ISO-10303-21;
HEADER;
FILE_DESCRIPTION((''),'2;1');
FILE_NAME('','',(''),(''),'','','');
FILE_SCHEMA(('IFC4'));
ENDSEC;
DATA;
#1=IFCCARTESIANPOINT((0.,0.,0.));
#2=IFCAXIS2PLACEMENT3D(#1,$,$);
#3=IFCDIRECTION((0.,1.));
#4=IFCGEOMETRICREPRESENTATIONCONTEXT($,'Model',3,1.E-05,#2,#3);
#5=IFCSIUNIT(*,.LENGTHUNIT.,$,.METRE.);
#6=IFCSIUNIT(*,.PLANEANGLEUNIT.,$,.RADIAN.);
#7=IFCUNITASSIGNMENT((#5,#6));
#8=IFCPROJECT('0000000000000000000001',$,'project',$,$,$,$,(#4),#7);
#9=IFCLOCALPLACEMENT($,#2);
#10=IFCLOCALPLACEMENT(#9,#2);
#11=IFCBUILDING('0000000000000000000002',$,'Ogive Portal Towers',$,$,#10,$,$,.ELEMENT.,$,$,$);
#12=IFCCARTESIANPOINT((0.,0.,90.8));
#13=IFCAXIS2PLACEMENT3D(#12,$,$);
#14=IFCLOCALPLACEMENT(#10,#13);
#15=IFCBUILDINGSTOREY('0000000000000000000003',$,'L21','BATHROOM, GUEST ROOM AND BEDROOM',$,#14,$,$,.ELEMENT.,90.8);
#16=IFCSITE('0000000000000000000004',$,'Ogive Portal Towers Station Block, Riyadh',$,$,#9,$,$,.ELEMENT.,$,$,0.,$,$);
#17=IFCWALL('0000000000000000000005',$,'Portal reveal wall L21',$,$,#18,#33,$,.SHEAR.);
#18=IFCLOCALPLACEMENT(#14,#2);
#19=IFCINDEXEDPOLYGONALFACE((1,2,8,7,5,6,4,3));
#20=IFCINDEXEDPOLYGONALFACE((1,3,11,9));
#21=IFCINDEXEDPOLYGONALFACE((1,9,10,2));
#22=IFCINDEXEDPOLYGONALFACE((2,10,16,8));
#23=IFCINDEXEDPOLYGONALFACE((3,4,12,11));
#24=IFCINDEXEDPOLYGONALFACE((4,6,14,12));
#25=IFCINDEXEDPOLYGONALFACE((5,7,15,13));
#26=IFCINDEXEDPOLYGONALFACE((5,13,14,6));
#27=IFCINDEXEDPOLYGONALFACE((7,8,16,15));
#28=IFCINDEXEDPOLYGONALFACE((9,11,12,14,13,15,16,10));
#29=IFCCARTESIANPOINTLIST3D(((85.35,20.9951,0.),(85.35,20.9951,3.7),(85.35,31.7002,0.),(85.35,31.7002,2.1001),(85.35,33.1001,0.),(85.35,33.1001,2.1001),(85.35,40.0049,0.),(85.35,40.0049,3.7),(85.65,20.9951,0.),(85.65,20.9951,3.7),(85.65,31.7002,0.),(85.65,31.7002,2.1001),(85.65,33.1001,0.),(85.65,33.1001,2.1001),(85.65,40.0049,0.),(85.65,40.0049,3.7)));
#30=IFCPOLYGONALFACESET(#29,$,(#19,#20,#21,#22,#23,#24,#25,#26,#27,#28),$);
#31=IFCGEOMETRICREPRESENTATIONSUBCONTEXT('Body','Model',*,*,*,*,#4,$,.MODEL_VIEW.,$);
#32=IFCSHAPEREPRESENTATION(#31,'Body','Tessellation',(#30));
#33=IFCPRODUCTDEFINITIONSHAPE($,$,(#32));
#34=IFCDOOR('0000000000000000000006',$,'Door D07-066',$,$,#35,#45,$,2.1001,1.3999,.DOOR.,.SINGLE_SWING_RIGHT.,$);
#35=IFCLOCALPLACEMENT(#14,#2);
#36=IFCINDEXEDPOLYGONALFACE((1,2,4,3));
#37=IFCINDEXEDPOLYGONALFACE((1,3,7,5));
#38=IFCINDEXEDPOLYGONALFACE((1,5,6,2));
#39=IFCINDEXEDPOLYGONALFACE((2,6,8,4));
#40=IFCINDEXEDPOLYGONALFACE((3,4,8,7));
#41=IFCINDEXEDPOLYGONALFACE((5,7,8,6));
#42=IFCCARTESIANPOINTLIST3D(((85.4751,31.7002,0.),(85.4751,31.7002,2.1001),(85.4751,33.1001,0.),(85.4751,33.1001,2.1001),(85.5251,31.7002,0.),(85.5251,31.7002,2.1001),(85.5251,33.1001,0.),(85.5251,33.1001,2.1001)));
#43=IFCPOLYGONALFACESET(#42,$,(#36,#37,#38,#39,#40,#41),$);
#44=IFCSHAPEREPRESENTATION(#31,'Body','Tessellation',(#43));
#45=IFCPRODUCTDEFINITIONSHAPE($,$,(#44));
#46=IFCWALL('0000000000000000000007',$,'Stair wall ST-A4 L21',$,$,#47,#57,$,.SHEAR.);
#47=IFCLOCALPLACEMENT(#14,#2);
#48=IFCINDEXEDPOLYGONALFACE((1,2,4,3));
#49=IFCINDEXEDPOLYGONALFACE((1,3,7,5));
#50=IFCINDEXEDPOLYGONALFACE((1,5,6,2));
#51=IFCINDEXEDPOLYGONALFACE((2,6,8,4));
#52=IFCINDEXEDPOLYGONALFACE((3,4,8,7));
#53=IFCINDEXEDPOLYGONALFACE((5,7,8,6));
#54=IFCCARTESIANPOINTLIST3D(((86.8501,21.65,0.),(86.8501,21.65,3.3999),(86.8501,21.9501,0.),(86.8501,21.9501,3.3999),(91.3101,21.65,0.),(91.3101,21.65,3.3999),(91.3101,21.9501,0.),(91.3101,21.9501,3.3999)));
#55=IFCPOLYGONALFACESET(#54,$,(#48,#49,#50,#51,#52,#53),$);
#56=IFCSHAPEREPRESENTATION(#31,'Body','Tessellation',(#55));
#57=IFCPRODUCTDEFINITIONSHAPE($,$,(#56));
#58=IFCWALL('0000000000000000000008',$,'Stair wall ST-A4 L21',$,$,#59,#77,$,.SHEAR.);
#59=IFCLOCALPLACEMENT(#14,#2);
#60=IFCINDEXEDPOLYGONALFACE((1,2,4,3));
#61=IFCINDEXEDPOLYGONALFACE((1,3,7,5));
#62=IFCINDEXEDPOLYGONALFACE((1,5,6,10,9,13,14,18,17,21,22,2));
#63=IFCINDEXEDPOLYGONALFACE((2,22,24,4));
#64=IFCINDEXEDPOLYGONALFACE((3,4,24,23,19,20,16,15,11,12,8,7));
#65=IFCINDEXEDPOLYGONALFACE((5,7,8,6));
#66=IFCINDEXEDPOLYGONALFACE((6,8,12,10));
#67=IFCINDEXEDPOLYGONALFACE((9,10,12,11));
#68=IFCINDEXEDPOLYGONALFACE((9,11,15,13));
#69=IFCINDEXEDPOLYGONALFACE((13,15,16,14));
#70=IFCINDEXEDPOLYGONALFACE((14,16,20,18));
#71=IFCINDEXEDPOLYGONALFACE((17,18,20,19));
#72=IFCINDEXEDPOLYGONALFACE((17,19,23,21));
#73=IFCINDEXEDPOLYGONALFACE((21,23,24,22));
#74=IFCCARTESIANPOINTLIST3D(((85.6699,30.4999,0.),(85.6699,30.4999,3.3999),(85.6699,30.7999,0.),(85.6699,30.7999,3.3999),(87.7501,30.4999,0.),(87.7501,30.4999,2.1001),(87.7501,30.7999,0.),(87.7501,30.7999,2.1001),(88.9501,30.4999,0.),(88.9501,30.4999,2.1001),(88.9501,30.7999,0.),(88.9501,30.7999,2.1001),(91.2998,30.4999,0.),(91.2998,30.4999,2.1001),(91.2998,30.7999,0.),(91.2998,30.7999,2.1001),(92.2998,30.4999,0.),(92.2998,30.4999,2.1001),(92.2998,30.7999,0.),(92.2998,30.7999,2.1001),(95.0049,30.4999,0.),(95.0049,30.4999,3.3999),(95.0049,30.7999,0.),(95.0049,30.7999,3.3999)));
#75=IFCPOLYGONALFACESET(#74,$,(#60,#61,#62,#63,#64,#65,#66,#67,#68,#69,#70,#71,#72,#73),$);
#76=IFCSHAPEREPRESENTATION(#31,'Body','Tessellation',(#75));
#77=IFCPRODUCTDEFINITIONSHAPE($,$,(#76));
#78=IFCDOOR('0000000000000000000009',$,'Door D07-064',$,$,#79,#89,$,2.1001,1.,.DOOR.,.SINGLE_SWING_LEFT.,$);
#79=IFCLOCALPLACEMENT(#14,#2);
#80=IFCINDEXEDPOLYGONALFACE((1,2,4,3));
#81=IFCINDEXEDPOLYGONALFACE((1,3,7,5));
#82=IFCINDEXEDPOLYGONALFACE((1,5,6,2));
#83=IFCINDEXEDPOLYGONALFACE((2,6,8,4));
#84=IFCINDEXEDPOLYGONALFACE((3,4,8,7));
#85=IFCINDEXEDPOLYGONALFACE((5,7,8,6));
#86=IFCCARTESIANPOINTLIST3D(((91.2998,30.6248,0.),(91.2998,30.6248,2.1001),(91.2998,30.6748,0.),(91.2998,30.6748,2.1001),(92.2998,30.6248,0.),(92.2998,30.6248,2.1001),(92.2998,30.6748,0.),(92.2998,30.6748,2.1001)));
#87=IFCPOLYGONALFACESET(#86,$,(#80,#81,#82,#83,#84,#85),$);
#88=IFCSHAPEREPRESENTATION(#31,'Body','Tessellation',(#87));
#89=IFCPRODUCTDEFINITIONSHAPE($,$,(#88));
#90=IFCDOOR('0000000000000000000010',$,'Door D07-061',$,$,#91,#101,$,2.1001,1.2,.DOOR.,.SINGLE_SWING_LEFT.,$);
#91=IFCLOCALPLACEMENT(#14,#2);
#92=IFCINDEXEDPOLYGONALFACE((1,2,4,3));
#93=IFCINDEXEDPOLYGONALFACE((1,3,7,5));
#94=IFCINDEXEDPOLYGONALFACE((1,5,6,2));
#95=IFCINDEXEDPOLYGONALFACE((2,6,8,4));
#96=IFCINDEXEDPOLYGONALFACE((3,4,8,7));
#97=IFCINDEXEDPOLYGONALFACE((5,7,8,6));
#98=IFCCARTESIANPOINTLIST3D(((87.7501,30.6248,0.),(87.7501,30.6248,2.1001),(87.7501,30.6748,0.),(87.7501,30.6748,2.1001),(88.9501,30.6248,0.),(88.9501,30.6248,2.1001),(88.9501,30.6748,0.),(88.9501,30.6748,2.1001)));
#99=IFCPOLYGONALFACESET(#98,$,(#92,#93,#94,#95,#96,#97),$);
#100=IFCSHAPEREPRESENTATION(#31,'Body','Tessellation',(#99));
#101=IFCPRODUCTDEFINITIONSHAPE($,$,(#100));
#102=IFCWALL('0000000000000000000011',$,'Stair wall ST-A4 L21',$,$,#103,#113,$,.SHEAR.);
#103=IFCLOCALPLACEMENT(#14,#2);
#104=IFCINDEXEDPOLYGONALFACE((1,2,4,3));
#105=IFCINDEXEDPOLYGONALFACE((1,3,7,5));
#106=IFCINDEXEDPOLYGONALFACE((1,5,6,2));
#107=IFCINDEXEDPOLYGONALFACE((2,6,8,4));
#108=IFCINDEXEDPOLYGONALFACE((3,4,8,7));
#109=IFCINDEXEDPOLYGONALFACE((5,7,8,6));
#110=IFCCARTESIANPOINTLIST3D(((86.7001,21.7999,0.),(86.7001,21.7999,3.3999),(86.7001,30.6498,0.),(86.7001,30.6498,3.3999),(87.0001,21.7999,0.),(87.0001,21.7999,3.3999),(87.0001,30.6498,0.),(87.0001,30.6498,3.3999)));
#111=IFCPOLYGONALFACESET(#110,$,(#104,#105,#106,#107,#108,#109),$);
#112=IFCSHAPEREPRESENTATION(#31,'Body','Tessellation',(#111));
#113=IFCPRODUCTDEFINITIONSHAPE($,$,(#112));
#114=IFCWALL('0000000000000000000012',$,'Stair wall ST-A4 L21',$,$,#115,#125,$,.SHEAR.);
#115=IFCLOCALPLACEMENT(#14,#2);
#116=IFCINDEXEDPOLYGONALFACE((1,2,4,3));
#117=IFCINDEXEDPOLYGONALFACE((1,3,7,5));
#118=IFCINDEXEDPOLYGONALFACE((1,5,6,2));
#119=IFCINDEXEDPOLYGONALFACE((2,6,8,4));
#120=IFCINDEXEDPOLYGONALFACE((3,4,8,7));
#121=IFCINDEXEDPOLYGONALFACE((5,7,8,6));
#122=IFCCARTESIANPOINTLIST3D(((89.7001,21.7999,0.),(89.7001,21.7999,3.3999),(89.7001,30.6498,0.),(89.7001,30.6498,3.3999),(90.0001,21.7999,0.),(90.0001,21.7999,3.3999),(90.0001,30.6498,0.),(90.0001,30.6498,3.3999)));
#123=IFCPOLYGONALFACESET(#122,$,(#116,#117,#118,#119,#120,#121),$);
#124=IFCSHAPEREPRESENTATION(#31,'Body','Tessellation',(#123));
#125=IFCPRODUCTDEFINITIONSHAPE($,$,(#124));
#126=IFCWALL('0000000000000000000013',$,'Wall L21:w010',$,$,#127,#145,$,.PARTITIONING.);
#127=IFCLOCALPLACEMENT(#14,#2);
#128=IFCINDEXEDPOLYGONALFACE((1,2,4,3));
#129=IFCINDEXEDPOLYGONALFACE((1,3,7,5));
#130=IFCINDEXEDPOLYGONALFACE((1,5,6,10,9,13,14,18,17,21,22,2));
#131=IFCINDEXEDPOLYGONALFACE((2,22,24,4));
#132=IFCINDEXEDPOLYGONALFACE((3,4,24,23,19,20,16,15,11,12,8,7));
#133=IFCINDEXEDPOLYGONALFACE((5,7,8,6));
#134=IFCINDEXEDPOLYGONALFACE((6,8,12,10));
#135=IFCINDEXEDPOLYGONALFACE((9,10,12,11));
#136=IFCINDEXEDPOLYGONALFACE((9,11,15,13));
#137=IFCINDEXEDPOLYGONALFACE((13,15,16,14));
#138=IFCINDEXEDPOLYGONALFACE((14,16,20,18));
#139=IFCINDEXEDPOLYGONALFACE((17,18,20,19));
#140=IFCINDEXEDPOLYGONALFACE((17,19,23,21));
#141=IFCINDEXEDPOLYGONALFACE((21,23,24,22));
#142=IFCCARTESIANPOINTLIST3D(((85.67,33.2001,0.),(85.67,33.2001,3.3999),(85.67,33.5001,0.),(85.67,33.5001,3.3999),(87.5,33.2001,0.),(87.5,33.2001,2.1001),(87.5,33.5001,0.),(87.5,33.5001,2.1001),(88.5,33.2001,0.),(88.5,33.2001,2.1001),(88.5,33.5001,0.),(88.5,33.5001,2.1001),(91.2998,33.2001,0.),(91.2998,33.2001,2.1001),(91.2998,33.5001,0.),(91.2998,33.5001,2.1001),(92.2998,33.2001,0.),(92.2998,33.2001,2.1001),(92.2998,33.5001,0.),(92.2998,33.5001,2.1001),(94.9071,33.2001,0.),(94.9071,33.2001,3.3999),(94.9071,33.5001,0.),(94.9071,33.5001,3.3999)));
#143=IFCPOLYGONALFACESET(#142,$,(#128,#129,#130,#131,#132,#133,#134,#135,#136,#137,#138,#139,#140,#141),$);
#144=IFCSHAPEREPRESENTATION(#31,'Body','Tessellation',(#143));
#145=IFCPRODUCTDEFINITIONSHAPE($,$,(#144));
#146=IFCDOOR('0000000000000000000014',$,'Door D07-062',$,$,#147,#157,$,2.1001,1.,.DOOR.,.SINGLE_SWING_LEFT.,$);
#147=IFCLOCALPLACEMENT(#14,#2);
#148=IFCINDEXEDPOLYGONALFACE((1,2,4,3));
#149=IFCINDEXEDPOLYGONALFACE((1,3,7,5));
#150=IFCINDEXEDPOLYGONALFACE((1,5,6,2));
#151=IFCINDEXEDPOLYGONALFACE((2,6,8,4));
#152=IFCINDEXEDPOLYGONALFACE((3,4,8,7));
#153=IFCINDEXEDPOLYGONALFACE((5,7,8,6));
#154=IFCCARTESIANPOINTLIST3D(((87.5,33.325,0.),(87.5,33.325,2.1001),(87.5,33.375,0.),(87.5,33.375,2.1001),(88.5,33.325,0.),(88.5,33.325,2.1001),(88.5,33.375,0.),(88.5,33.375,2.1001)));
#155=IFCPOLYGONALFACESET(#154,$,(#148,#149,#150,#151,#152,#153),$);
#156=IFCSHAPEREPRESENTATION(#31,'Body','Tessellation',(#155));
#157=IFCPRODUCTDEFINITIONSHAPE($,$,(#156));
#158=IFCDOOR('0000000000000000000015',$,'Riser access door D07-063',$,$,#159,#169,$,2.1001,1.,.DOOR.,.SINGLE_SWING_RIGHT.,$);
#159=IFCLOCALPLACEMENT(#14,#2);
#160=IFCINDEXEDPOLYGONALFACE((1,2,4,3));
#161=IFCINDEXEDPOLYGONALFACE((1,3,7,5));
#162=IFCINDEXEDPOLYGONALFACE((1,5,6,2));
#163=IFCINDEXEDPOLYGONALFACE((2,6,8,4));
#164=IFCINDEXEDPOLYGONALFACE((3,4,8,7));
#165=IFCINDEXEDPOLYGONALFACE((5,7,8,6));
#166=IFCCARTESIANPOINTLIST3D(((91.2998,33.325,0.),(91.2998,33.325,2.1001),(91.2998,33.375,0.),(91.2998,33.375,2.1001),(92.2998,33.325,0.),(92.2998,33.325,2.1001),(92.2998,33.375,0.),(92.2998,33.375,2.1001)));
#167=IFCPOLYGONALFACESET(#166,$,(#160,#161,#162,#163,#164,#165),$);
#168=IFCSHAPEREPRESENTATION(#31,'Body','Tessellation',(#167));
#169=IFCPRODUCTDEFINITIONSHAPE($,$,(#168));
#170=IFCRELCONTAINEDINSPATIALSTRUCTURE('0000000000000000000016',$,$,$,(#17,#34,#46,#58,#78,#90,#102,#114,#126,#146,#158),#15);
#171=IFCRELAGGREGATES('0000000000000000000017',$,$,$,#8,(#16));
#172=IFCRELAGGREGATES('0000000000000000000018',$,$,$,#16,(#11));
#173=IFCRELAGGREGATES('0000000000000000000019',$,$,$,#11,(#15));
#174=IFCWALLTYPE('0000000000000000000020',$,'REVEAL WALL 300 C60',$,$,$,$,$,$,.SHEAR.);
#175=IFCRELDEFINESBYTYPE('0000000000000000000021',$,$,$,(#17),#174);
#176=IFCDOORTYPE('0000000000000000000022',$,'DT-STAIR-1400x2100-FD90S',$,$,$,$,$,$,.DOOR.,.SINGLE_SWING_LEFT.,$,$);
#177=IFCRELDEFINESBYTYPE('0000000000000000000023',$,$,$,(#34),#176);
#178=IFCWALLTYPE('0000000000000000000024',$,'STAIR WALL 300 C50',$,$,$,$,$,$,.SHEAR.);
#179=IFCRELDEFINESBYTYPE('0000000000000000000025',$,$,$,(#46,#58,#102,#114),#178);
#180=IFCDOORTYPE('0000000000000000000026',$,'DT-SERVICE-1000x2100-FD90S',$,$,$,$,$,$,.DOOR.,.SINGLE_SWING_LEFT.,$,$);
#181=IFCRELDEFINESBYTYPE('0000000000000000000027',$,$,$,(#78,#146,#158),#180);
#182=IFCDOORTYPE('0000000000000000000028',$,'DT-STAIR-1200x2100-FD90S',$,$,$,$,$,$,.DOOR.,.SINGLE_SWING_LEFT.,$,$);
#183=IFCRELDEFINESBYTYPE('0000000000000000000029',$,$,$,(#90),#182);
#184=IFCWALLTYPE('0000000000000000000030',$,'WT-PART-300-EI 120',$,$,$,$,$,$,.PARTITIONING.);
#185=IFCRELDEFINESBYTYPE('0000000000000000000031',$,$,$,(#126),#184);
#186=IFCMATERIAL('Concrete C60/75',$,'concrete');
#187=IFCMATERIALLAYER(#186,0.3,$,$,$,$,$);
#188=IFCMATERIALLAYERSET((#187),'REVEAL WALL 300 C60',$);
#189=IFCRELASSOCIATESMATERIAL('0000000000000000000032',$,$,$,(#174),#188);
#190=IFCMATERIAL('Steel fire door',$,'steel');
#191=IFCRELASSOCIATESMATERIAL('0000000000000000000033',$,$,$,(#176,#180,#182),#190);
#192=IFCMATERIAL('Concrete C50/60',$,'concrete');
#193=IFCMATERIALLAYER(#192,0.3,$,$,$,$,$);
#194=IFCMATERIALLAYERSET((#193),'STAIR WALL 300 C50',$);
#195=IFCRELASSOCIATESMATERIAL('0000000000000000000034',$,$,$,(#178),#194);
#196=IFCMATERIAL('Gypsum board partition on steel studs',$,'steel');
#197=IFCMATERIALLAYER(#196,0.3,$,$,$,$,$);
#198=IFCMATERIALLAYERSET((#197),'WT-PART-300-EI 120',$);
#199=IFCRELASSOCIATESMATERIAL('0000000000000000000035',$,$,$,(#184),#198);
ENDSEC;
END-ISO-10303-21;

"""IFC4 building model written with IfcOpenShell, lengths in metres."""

from ifc_helpers import new_model, si_unit, direction, frame, frame_2d, origin, place, context, subcontext, project, spatial, rectangle, extrude, material, layer, layer_set, type_object, element, fill, save


model = new_model("IFC4")

# Units and contexts
model_context = context("Model", 3, precision=1e-05, world=origin(), true_north=direction((0.0, 1.0)))
body_context = subcontext(model_context, "Body", "Model", "MODEL_VIEW")
ifc_project = project(units=[si_unit("LENGTHUNIT", "METRE"), si_unit("PLANEANGLEUNIT", "RADIAN")], contexts=[model_context])

# Site, building, storey
site_placement = place(None, origin())
site = spatial("IfcSite", under=ifc_project, at=site_placement, Name="Ogive Portal Towers Station Block, Riyadh", CompositionType="ELEMENT", RefElevation=0.0)
building_placement = place(site_placement, origin())
building = spatial("IfcBuilding", under=site, at=building_placement, Name="Ogive Portal Towers", CompositionType="ELEMENT")
storey_placement = place(building_placement, frame((0.0, 0.0, 90.8)))
storey = spatial("IfcBuildingStorey", under=building, at=storey_placement, Name="L21", Description="BATHROOM, GUEST ROOM AND BEDROOM", CompositionType="ELEMENT", Elevation=90.8)

# Shared definitions
ifc_material_1 = material(Name="Concrete C60/75", Category="concrete")

# Wall, opening, door
ifc_layer_1 = layer(ifc_material_1, 0.3)
ifc_layer_set_1 = layer_set([ifc_layer_1], Name="REVEAL WALL 300 C60")
wall_type_1 = type_object("IfcWallType", Name="REVEAL WALL 300 C60", PredefinedType="SHEAR", material=ifc_layer_set_1)
wall_1_placement = place(storey_placement, frame((85.5, 20.9951, 0.0), z_axis=(0.0, 0.0, 1.0), x_axis=(0.0, 1.0, 0.0)))
wall_1 = element("IfcWall", 1, at=wall_1_placement, inside=storey, type_object=wall_type_1, Name="Portal reveal wall L21", PredefinedType="SHEAR", context=body_context, shape_type="SweptSolid", body=[
    extrude(rectangle(XDim=19.0098, YDim=0.3, at=frame_2d((9.5049, 0.0))), origin(), (0.0, 0.0, 1.0), 3.7),
])
opening_1_placement = place(wall_1_placement, frame((10.7051, 0.0, 0.0)))
opening_1 = element("IfcOpeningElement", 2, at=opening_1_placement, cuts=wall_1, PredefinedType="OPENING", context=body_context, shape_type="SweptSolid", body=[
    extrude(rectangle(XDim=1.3999, YDim=2.1001, at=frame_2d((0.7, 1.05))), frame((0.0, 0.1602, 0.0), z_axis=(0.0, -1.0, 0.0), x_axis=(1.0, 0.0, 0.0)), (0.0, 0.0, 1.0), 0.3201),
])
ifc_material_2 = material(Name="Steel fire door", Category="steel")
door_type_1 = type_object("IfcDoorType", Name="DT-STAIR-1400x2100-FD90S", OperationType="SINGLE_SWING_LEFT", PredefinedType="DOOR", material=ifc_material_2)
door_1_placement = place(opening_1_placement, origin())
door_1 = element("IfcDoor", 3, at=door_1_placement, inside=storey, type_object=door_type_1, Name="Door D07-066", OperationType="SINGLE_SWING_RIGHT", OverallHeight=2.1001, OverallWidth=1.3999, PredefinedType="DOOR", context=body_context, shape_type="SweptSolid", body=[
    extrude(rectangle(XDim=1.3999, YDim=2.1001, at=frame_2d((0.7, 1.05))), frame((0.0, 0.0249, 0.0), z_axis=(0.0, -1.0, 0.0), x_axis=(1.0, 0.0, 0.0)), (0.0, 0.0, 1.0), 0.05),
])
fill(opening_1, door_1)

# Wall
ifc_material_3 = material(Name="Concrete C50/60", Category="concrete")
ifc_layer_2 = layer(ifc_material_3, 0.3)
ifc_layer_set_2 = layer_set([ifc_layer_2], Name="STAIR WALL 300 C50")
wall_type_2 = type_object("IfcWallType", Name="STAIR WALL 300 C50", PredefinedType="SHEAR", material=ifc_layer_set_2)
wall_2_placement = place(storey_placement, frame((86.8501, 21.8, 0.0), z_axis=(0.0, 0.0, 1.0), x_axis=(1.0, 0.0, 0.0)))
element("IfcWall", 4, at=wall_2_placement, inside=storey, type_object=wall_type_2, Name="Stair wall ST-A4 L21", PredefinedType="SHEAR", context=body_context, shape_type="SweptSolid", body=[
    extrude(rectangle(XDim=4.46, YDim=0.3, at=frame_2d((2.23, 0.0))), origin(), (0.0, 0.0, 1.0), 3.3999),
])

# Wall, openings, doors
wall_3_placement = place(storey_placement, frame((85.6699, 30.6499, 0.0), z_axis=(0.0, 0.0, 1.0), x_axis=(1.0, 0.0, 0.0)))
wall_3 = element("IfcWall", 5, at=wall_3_placement, inside=storey, type_object=wall_type_2, Name="Stair wall ST-A4 L21", PredefinedType="SHEAR", context=body_context, shape_type="SweptSolid", body=[
    extrude(rectangle(XDim=9.335, YDim=0.3, at=frame_2d((4.6675, 0.0))), origin(), (0.0, 0.0, 1.0), 3.3999),
])
opening_2_placement = place(wall_3_placement, frame((2.0801, 0.0, 0.0)))
opening_2 = element("IfcOpeningElement", 6, at=opening_2_placement, cuts=wall_3, PredefinedType="OPENING", context=body_context, shape_type="SweptSolid", body=[
    extrude(rectangle(XDim=1.2, YDim=2.1001, at=frame_2d((0.6001, 1.05))), frame((0.0, 0.1602, 0.0), z_axis=(0.0, -1.0, 0.0), x_axis=(1.0, 0.0, 0.0)), (0.0, 0.0, 1.0), 0.3201),
])
opening_3_placement = place(wall_3_placement, frame((5.6299, 0.0, 0.0)))
opening_3 = element("IfcOpeningElement", 7, at=opening_3_placement, cuts=wall_3, PredefinedType="OPENING", context=body_context, shape_type="SweptSolid", body=[
    extrude(rectangle(XDim=1.0, YDim=2.1001, at=frame_2d((0.5, 1.05))), frame((0.0, 0.1602, 0.0), z_axis=(0.0, -1.0, 0.0), x_axis=(1.0, 0.0, 0.0)), (0.0, 0.0, 1.0), 0.3201),
])
door_type_2 = type_object("IfcDoorType", Name="DT-SERVICE-1000x2100-FD90S", OperationType="SINGLE_SWING_LEFT", PredefinedType="DOOR", material=ifc_material_2)
door_2_placement = place(opening_3_placement, origin())
door_2 = element("IfcDoor", 8, at=door_2_placement, inside=storey, type_object=door_type_2, Name="Door D07-064", OperationType="SINGLE_SWING_LEFT", OverallHeight=2.1001, OverallWidth=1.0, PredefinedType="DOOR", context=body_context, shape_type="SweptSolid", body=[
    extrude(rectangle(XDim=1.0, YDim=2.1001, at=frame_2d((0.5, 1.05))), frame((0.0, 0.0249, 0.0), z_axis=(0.0, -1.0, 0.0), x_axis=(1.0, 0.0, 0.0)), (0.0, 0.0, 1.0), 0.05),
])
fill(opening_3, door_2)
door_type_3 = type_object("IfcDoorType", Name="DT-STAIR-1200x2100-FD90S", OperationType="SINGLE_SWING_LEFT", PredefinedType="DOOR", material=ifc_material_2)
door_3_placement = place(opening_2_placement, origin())
door_3 = element("IfcDoor", 9, at=door_3_placement, inside=storey, type_object=door_type_3, Name="Door D07-061", OperationType="SINGLE_SWING_LEFT", OverallHeight=2.1001, OverallWidth=1.2, PredefinedType="DOOR", context=body_context, shape_type="SweptSolid", body=[
    extrude(rectangle(XDim=1.2, YDim=2.1001, at=frame_2d((0.6001, 1.05))), frame((0.0, 0.0249, 0.0), z_axis=(0.0, -1.0, 0.0), x_axis=(1.0, 0.0, 0.0)), (0.0, 0.0, 1.0), 0.05),
])
fill(opening_2, door_3)

# Walls
for number, where, z_axis, x_axis, name in (
    (10, (86.8501, 21.8, 0.0), (0.0, 0.0, 1.0), (0.0, 1.0, 0.0), "Stair wall ST-A4 L21"),
    (11, (89.8501, 21.8, 0.0), (0.0, 0.0, 1.0), (0.0, 1.0, 0.0), "Stair wall ST-A4 L21"),
):
    element("IfcWall", number, at=place(storey_placement, frame(where, z_axis=z_axis, x_axis=x_axis)), inside=storey, type_object=wall_type_2, Name=name, PredefinedType="SHEAR", context=body_context, shape_type="SweptSolid", body=[
        extrude(rectangle(XDim=8.8499, YDim=0.3, at=frame_2d((4.4248, 0.0))), origin(), (0.0, 0.0, 1.0), 3.3999),
    ])

# Wall, openings, doors
ifc_material_4 = material(Name="Gypsum board partition on steel studs", Category="steel")
ifc_layer_3 = layer(ifc_material_4, 0.3)
ifc_layer_set_3 = layer_set([ifc_layer_3], Name="WT-PART-300-EI 120")
wall_type_3 = type_object("IfcWallType", Name="WT-PART-300-EI 120", PredefinedType="PARTITIONING", material=ifc_layer_set_3)
wall_4_placement = place(storey_placement, frame((85.6699, 33.3501, 0.0), z_axis=(0.0, 0.0, 1.0), x_axis=(1.0, 0.0, 0.0)))
wall_4 = element("IfcWall", 12, at=wall_4_placement, inside=storey, type_object=wall_type_3, Name="Wall L21:w010", PredefinedType="PARTITIONING", context=body_context, shape_type="SweptSolid", body=[
    extrude(rectangle(XDim=9.2371, YDim=0.3, at=frame_2d((4.6187, 0.0))), origin(), (0.0, 0.0, 1.0), 3.3999),
])
opening_4_placement = place(wall_4_placement, frame((1.8301, 0.0, 0.0)))
opening_4 = element("IfcOpeningElement", 13, at=opening_4_placement, cuts=wall_4, PredefinedType="OPENING", context=body_context, shape_type="SweptSolid", body=[
    extrude(rectangle(XDim=1.0, YDim=2.1001, at=frame_2d((0.5, 1.05))), frame((0.0, 0.1602, 0.0), z_axis=(0.0, -1.0, 0.0), x_axis=(1.0, 0.0, 0.0)), (0.0, 0.0, 1.0), 0.3201),
])
opening_5_placement = place(wall_4_placement, frame((5.6299, 0.0, 0.0)))
opening_5 = element("IfcOpeningElement", 14, at=opening_5_placement, cuts=wall_4, PredefinedType="OPENING", context=body_context, shape_type="SweptSolid", body=[
    extrude(rectangle(XDim=1.0, YDim=2.1001, at=frame_2d((0.5, 1.05))), frame((0.0, 0.1602, 0.0), z_axis=(0.0, -1.0, 0.0), x_axis=(1.0, 0.0, 0.0)), (0.0, 0.0, 1.0), 0.3201),
])
door_4_placement = place(opening_4_placement, origin())
door_4 = element("IfcDoor", 15, at=door_4_placement, inside=storey, type_object=door_type_2, Name="Door D07-062", OperationType="SINGLE_SWING_LEFT", OverallHeight=2.1001, OverallWidth=1.0, PredefinedType="DOOR", context=body_context, shape_type="SweptSolid", body=[
    extrude(rectangle(XDim=1.0, YDim=2.1001, at=frame_2d((0.5, 1.05))), frame((0.0, 0.0249, 0.0), z_axis=(0.0, -1.0, 0.0), x_axis=(1.0, 0.0, 0.0)), (0.0, 0.0, 1.0), 0.05),
])
fill(opening_4, door_4)
door_5_placement = place(opening_5_placement, origin())
door_5 = element("IfcDoor", 16, at=door_5_placement, inside=storey, type_object=door_type_2, Name="Riser access door D07-063", OperationType="SINGLE_SWING_RIGHT", OverallHeight=2.1001, OverallWidth=1.0, PredefinedType="DOOR", context=body_context, shape_type="SweptSolid", body=[
    extrude(rectangle(XDim=1.0, YDim=2.1001, at=frame_2d((0.5, 1.05))), frame((0.0, 0.0249, 0.0), z_axis=(0.0, -1.0, 0.0), x_axis=(1.0, 0.0, 0.0)), (0.0, 0.0, 1.0), 0.05),
])
fill(opening_5, door_5)

save(model, "model.ifc")
